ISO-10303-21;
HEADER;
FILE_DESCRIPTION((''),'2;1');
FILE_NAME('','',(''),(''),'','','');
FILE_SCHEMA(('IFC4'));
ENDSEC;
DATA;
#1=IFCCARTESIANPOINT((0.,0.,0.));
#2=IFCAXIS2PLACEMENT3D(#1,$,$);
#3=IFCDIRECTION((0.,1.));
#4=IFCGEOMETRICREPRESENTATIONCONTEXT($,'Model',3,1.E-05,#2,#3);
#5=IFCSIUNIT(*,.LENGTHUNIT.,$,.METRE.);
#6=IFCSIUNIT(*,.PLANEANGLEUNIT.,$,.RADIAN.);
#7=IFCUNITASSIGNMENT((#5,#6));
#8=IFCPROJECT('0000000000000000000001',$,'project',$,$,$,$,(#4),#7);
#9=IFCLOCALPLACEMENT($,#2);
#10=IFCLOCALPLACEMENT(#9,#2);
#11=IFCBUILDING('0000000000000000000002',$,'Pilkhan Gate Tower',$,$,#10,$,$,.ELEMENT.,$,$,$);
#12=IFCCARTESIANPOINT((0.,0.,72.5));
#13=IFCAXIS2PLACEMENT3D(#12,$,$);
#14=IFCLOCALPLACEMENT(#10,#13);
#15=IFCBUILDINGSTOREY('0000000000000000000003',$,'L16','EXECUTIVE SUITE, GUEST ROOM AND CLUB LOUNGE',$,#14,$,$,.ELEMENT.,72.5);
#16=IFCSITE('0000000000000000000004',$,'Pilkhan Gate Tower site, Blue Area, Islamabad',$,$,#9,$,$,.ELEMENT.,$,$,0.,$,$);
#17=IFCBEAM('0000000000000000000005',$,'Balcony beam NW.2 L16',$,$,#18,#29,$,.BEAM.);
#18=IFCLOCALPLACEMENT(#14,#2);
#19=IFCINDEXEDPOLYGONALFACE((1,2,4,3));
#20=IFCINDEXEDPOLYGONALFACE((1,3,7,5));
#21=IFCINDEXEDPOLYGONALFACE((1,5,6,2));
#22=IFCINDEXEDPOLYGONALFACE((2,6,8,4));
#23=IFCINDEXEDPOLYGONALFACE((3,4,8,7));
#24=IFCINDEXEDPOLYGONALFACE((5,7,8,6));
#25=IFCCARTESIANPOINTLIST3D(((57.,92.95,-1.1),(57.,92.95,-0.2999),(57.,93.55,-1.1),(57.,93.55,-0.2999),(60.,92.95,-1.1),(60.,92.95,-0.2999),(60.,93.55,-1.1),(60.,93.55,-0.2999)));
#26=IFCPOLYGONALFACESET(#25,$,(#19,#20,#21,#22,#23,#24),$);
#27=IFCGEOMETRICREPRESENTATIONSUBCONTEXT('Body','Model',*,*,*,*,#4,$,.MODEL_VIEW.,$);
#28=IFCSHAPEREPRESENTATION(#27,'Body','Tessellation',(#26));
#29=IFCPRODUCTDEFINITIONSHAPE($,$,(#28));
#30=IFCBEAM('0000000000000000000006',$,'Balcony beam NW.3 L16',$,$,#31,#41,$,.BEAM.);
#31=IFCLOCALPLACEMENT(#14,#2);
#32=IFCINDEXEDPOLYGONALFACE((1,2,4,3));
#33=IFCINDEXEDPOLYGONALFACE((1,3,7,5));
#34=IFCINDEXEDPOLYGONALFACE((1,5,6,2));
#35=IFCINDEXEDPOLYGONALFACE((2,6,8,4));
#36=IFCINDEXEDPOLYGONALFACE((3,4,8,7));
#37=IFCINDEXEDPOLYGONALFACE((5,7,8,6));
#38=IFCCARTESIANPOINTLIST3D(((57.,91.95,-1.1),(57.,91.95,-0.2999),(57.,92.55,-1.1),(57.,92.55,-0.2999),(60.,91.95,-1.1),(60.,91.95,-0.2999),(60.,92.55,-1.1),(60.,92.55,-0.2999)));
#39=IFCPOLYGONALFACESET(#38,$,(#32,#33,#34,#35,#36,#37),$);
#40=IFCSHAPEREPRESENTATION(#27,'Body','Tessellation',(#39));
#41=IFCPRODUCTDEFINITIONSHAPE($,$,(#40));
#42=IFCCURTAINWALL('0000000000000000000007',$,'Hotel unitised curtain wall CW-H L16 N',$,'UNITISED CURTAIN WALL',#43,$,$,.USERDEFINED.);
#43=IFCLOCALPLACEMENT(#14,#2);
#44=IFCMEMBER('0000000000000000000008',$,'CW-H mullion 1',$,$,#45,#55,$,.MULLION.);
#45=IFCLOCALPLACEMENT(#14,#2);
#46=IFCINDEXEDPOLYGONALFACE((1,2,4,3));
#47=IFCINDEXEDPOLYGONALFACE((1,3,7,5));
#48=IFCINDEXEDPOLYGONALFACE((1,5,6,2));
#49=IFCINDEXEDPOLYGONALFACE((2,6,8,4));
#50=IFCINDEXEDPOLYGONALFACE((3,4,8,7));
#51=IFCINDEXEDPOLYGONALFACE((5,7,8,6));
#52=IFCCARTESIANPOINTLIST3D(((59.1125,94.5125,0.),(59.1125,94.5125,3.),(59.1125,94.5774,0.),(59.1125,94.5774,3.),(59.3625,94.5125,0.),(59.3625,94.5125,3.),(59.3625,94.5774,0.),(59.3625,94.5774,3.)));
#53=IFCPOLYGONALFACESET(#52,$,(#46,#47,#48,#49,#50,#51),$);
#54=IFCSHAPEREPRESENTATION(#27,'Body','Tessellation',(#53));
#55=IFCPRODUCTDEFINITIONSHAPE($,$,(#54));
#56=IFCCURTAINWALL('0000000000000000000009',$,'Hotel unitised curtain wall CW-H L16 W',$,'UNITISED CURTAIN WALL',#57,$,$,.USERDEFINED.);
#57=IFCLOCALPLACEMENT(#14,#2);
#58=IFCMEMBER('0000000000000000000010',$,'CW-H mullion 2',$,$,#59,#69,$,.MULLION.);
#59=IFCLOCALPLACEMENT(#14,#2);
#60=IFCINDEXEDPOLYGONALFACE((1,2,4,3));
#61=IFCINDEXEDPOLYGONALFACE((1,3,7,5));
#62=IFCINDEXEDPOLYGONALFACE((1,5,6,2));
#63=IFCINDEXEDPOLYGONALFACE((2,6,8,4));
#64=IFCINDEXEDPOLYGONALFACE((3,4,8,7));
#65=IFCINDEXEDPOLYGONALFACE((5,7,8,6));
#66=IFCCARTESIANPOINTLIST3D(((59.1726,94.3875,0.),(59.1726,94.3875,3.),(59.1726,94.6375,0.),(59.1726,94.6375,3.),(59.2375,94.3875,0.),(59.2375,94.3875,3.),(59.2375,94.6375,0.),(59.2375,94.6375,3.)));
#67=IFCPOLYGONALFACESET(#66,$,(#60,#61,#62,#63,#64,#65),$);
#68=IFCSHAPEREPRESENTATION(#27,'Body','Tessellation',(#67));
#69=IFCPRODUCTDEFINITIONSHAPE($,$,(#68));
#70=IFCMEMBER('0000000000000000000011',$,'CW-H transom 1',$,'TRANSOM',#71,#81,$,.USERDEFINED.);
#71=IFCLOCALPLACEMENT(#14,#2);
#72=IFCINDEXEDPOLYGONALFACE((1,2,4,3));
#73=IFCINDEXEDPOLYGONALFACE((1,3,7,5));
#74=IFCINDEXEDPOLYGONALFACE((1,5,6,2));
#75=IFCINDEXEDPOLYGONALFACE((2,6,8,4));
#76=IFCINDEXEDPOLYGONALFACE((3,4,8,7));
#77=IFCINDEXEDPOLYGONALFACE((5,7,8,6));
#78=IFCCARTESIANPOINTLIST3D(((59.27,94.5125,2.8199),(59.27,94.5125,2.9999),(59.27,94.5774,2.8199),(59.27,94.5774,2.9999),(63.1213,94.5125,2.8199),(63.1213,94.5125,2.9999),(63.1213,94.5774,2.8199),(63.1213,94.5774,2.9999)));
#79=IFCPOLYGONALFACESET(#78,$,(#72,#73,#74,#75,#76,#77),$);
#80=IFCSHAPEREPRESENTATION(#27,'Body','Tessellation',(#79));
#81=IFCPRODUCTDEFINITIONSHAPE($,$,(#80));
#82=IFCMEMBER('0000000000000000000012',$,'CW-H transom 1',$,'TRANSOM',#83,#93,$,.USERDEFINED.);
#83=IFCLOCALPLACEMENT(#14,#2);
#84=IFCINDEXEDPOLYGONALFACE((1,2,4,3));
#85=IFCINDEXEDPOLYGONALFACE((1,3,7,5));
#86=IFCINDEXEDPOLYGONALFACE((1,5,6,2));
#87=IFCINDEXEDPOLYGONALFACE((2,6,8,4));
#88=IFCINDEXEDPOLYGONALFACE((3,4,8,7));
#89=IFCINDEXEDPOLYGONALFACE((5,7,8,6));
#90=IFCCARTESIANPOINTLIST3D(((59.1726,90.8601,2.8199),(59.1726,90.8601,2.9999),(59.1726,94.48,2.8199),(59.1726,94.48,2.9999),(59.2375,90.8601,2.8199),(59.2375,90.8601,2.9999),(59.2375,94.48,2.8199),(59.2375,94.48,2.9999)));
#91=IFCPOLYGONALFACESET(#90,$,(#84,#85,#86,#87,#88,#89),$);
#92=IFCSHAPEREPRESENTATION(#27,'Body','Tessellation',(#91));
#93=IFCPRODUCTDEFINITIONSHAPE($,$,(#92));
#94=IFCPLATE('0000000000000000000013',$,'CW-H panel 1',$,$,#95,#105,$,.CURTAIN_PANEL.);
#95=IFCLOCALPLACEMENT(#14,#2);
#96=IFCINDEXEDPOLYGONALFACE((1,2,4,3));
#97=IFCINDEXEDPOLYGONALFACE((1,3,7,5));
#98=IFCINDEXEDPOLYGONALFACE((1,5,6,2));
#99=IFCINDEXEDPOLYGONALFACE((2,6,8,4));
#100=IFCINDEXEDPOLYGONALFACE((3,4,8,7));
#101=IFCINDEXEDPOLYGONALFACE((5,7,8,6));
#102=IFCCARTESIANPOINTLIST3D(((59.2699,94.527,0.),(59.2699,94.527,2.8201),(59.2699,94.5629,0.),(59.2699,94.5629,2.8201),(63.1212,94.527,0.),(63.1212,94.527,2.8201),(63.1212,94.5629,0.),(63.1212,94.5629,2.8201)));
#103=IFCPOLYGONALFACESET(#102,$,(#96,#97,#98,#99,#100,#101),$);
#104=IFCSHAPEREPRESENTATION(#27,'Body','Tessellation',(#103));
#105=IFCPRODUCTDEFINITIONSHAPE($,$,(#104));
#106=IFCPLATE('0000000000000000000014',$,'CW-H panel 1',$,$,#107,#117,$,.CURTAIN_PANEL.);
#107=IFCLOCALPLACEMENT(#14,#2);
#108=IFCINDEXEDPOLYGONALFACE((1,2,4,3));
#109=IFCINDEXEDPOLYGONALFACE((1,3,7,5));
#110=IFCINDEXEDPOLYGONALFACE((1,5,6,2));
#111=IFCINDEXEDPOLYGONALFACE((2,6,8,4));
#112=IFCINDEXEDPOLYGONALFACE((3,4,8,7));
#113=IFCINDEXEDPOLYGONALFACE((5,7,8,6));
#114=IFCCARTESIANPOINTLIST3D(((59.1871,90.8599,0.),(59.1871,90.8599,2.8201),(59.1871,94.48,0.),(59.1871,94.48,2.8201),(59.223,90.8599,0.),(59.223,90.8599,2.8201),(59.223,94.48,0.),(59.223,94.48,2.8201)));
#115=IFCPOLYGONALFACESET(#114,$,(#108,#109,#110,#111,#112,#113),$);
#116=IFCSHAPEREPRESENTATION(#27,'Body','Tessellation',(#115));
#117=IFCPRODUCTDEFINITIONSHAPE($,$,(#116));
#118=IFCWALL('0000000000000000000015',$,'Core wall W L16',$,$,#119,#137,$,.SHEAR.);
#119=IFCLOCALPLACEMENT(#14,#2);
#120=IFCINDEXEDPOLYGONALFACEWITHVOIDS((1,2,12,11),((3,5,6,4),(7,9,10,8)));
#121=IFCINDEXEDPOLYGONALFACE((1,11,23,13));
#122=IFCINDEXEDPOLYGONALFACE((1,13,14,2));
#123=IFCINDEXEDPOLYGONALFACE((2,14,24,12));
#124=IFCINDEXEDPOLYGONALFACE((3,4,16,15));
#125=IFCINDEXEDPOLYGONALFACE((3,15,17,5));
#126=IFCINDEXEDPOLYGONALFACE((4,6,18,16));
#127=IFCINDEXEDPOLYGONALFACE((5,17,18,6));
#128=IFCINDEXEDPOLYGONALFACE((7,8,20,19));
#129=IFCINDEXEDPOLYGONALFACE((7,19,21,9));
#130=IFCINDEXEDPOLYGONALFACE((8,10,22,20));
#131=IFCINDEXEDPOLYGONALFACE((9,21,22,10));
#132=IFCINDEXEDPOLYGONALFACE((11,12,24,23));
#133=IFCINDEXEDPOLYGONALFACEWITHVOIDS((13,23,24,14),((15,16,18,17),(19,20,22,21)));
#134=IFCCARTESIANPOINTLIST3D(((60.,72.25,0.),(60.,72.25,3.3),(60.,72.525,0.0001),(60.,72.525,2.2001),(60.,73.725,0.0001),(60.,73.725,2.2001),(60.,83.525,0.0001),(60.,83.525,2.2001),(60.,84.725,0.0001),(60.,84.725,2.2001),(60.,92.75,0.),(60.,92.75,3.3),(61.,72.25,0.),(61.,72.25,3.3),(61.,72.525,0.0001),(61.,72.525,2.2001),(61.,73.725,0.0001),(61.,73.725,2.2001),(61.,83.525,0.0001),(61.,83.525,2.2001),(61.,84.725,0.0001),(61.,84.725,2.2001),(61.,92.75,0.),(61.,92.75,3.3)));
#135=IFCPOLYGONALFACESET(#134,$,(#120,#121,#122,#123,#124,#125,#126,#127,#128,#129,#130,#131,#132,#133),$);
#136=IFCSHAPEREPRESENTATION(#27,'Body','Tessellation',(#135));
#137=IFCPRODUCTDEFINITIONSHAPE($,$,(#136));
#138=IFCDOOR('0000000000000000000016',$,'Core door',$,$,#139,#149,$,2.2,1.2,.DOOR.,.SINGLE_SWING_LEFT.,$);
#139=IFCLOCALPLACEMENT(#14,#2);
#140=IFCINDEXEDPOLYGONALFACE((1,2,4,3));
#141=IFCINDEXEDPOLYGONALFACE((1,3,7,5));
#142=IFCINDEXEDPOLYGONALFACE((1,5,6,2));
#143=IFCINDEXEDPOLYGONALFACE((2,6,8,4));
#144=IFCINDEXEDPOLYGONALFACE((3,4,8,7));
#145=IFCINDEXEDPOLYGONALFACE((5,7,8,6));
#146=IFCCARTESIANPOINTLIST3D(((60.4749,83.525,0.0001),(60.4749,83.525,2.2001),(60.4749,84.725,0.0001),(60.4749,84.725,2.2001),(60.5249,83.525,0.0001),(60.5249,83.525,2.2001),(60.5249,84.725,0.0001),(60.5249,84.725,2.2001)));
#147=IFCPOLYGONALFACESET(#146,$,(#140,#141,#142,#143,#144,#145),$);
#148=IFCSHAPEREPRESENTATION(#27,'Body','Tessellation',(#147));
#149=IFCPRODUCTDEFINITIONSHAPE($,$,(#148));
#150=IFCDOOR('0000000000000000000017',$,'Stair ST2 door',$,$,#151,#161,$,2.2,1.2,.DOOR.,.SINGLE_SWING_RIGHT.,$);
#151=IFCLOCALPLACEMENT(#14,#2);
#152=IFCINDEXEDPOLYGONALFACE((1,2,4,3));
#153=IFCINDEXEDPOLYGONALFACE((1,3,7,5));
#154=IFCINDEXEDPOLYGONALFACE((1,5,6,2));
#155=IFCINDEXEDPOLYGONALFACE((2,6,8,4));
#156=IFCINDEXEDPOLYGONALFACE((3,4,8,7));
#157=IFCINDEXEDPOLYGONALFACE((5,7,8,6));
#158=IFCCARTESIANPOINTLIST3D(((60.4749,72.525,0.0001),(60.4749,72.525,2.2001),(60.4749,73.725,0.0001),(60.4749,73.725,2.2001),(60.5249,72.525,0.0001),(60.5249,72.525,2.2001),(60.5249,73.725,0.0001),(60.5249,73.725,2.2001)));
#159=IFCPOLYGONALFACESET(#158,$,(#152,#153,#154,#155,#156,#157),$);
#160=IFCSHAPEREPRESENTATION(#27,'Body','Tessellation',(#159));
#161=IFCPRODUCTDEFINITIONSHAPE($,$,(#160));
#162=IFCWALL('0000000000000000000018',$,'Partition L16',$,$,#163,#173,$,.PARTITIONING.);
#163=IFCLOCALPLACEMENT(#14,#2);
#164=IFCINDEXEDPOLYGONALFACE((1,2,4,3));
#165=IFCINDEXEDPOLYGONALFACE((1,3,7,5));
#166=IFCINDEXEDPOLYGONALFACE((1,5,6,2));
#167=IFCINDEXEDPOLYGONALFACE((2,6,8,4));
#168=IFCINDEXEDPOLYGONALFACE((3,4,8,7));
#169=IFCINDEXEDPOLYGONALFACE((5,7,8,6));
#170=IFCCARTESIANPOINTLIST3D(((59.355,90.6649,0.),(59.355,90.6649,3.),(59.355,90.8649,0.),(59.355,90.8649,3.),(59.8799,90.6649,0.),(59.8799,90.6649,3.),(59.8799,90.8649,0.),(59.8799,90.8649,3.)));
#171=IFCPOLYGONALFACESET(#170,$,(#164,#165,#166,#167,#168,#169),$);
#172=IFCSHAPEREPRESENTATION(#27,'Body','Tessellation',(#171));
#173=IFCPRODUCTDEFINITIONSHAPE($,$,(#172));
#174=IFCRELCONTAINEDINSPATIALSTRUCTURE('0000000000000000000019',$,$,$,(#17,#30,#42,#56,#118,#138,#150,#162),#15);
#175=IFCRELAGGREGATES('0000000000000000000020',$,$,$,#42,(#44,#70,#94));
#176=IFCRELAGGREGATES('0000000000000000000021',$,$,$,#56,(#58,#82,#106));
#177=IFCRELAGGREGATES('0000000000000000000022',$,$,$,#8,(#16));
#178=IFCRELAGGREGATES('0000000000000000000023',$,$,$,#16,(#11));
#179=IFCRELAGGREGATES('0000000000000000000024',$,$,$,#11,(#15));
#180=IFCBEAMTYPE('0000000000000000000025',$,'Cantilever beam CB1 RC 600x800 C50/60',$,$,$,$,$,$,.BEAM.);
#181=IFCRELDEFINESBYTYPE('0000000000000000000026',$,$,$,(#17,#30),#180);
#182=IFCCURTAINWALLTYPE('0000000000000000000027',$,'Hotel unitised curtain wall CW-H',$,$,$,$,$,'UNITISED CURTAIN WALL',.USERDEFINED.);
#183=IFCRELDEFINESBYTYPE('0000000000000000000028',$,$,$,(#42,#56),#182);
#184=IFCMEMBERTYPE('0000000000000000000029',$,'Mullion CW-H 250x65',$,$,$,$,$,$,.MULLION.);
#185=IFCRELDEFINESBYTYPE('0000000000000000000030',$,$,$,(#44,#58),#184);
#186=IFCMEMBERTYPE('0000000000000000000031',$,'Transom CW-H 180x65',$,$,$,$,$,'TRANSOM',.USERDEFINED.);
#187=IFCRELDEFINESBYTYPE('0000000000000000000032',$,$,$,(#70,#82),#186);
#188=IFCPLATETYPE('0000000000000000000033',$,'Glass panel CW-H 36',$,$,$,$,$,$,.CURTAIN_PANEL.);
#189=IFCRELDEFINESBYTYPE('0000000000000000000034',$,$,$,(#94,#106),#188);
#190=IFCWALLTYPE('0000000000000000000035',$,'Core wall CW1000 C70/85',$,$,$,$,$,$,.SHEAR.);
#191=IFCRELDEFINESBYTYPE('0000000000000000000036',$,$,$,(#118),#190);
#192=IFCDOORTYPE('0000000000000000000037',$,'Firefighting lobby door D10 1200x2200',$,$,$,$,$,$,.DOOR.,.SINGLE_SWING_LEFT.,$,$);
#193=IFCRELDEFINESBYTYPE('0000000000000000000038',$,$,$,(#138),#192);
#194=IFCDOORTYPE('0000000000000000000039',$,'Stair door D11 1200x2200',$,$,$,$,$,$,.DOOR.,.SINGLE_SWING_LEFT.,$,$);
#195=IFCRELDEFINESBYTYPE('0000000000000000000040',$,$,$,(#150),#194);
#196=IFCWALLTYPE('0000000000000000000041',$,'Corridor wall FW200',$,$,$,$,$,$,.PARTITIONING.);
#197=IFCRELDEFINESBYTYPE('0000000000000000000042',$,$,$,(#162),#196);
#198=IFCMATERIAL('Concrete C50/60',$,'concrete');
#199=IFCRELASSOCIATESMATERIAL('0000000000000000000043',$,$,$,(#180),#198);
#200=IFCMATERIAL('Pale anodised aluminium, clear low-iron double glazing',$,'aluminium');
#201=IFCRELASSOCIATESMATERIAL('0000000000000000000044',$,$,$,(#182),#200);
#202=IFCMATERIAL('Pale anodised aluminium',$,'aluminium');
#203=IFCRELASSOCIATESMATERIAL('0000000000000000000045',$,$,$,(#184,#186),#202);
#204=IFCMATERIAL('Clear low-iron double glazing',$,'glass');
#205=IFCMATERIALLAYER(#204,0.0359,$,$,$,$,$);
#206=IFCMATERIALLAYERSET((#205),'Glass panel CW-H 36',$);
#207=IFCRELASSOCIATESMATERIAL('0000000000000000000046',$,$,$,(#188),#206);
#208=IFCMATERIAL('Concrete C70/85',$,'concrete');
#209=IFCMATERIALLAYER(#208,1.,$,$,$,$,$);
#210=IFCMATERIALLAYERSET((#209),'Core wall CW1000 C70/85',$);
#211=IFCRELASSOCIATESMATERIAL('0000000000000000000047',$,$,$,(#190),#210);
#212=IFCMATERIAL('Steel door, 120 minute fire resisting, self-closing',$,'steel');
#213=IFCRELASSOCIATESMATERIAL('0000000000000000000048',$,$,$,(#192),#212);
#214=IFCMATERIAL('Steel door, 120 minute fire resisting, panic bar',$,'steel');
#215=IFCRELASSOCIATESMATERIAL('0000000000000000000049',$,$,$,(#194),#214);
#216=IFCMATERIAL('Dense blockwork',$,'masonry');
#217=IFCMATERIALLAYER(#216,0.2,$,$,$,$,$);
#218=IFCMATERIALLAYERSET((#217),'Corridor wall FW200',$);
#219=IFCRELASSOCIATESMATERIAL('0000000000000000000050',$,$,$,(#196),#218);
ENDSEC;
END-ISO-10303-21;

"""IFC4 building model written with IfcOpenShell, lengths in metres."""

from ifc_helpers import new_model, si_unit, direction, frame, frame_2d, origin, origin_2d, place, context, subcontext, project, spatial, rectangle, extrude, material, layer, layer_set, material_profile, profile_set, type_object, element, fill, aggregate, save


model = new_model("IFC4")

# Units and contexts
model_context = context("Model", 3, precision=1e-05, world=origin(), true_north=direction((0.0, 1.0)))
body_context = subcontext(model_context, "Body", "Model", "MODEL_VIEW")
ifc_project = project(units=[si_unit("LENGTHUNIT", "METRE"), si_unit("PLANEANGLEUNIT", "RADIAN")], contexts=[model_context])

# Site, building, storey
site_placement = place(None, origin())
site = spatial("IfcSite", under=ifc_project, at=site_placement, Name="Pilkhan Gate Tower site, Blue Area, Islamabad", CompositionType="ELEMENT", RefElevation=0.0)
building_placement = place(site_placement, origin())
building = spatial("IfcBuilding", under=site, at=building_placement, Name="Pilkhan Gate Tower", CompositionType="ELEMENT")
storey_placement = place(building_placement, frame((0.0, 0.0, 72.5)))
storey = spatial("IfcBuildingStorey", under=building, at=storey_placement, Name="L16", Description="EXECUTIVE SUITE, GUEST ROOM AND CLUB LOUNGE", CompositionType="ELEMENT", Elevation=72.5)

# Beams
ifc_material_1 = material(Name="Concrete C50/60", Category="concrete")
ifc_material_profile_1 = material_profile(ifc_material_1, rectangle(XDim=0.6001, YDim=0.8, at=origin_2d()), Name="RC 600x800")
ifc_profile_set_1 = profile_set([ifc_material_profile_1], Name="Concrete C50/60")
beam_type = type_object("IfcBeamType", Name="Cantilever beam CB1 RC 600x800 C50/60", PredefinedType="BEAM", material=ifc_profile_set_1)
for number, where, z_axis, x_axis, name in (
    (1, (60.0, 93.25, -0.7), (-1.0, 0.0, 0.0), (0.0, -1.0, 0.0), "Balcony beam NW.2 L16"),
    (2, (60.0, 92.25, -0.7), (-1.0, 0.0, 0.0), (0.0, -1.0, 0.0), "Balcony beam NW.3 L16"),
):
    element("IfcBeam", number, at=place(storey_placement, frame(where, z_axis=z_axis, x_axis=x_axis)), inside=storey, type_object=beam_type, Name=name, PredefinedType="BEAM", context=body_context, shape_type="SweptSolid", body=[
        extrude(rectangle(XDim=0.6001, YDim=0.8, at=origin_2d()), origin(), (0.0, 0.0, 1.0), 3.0),
    ])

# Curtain walls, members
ifc_material_2 = material(Name="Pale anodised aluminium, clear low-iron double glazing", Category="aluminium")
curtain_wall_type = type_object("IfcCurtainWallType", Name="Hotel unitised curtain wall CW-H", ElementType="UNITISED CURTAIN WALL", PredefinedType="USERDEFINED", material=ifc_material_2)
curtain_wall_1_placement = place(storey_placement, origin())
curtain_wall_1 = element("IfcCurtainWall", 3, at=curtain_wall_1_placement, inside=storey, type_object=curtain_wall_type, Name="Hotel unitised curtain wall CW-H L16 N", ObjectType="UNITISED CURTAIN WALL", PredefinedType="USERDEFINED")
ifc_material_3 = material(Name="Pale anodised aluminium", Category="aluminium")
ifc_material_profile_2 = material_profile(ifc_material_3, rectangle(XDim=0.0649, YDim=0.25, at=origin_2d()), Name="Mullion 250x65")
ifc_profile_set_2 = profile_set([ifc_material_profile_2], Name="Pale anodised aluminium")
member_type_1 = type_object("IfcMemberType", Name="Mullion CW-H 250x65", PredefinedType="MULLION", material=ifc_profile_set_2)
member_1_placement = place(storey_placement, frame((59.2375, 94.5449, 0.0), z_axis=(0.0, 0.0, 1.0), x_axis=(0.0, 1.0, 0.0)))
member_1 = element("IfcMember", 4, at=member_1_placement, type_object=member_type_1, Name="CW-H mullion 1", PredefinedType="MULLION", context=body_context, shape_type="SweptSolid", body=[
    extrude(rectangle(XDim=0.0649, YDim=0.25, at=origin_2d()), origin(), (0.0, 0.0, 1.0), 3.0),
])
curtain_wall_2_placement = place(storey_placement, origin())
curtain_wall_2 = element("IfcCurtainWall", 5, at=curtain_wall_2_placement, inside=storey, type_object=curtain_wall_type, Name="Hotel unitised curtain wall CW-H L16 W", ObjectType="UNITISED CURTAIN WALL", PredefinedType="USERDEFINED")
member_2_placement = place(storey_placement, frame((59.2051, 94.5125, 0.0), z_axis=(0.0, 0.0, 1.0), x_axis=(-1.0, 0.0, 0.0)))
member_2 = element("IfcMember", 6, at=member_2_placement, type_object=member_type_1, Name="CW-H mullion 2", PredefinedType="MULLION", context=body_context, shape_type="SweptSolid", body=[
    extrude(rectangle(XDim=0.0649, YDim=0.25, at=origin_2d()), origin(), (0.0, 0.0, 1.0), 3.0),
])

# Members
ifc_material_profile_3 = material_profile(ifc_material_3, rectangle(XDim=0.0649, YDim=0.1799, at=origin_2d()), Name="Transom 180x65")
ifc_profile_set_3 = profile_set([ifc_material_profile_3], Name="Pale anodised aluminium")
member_type_2 = type_object("IfcMemberType", Name="Transom CW-H 180x65", ElementType="TRANSOM", PredefinedType="USERDEFINED", material=ifc_profile_set_3)
member_3_placement = place(storey_placement, frame((59.27, 94.5449, 2.9099), z_axis=(1.0, 0.0, 0.0), x_axis=(0.0, 1.0, 0.0)))
member_3 = element("IfcMember", 7, at=member_3_placement, type_object=member_type_2, Name="CW-H transom 1", ObjectType="TRANSOM", PredefinedType="USERDEFINED", context=body_context, shape_type="SweptSolid", body=[
    extrude(rectangle(XDim=0.0649, YDim=0.1799, at=origin_2d()), origin(), (0.0, 0.0, 1.0), 3.8513),
])
member_4_placement = place(storey_placement, frame((59.2051, 90.8601, 2.9099), z_axis=(0.0, 1.0, 0.0), x_axis=(-1.0, 0.0, 0.0)))
member_4 = element("IfcMember", 8, at=member_4_placement, type_object=member_type_2, Name="CW-H transom 1", ObjectType="TRANSOM", PredefinedType="USERDEFINED", context=body_context, shape_type="SweptSolid", body=[
    extrude(rectangle(XDim=0.0649, YDim=0.1799, at=origin_2d()), origin(), (0.0, 0.0, 1.0), 3.6199),
])

# Plates
ifc_material_4 = material(Name="Clear low-iron double glazing", Category="glass")
ifc_layer_1 = layer(ifc_material_4, 0.0359)
ifc_layer_set_1 = layer_set([ifc_layer_1], Name="Glass panel CW-H 36")
plate_type = type_object("IfcPlateType", Name="Glass panel CW-H 36", PredefinedType="CURTAIN_PANEL", material=ifc_layer_set_1)
plate_1_placement = place(storey_placement, frame((61.1956, 94.5449, 0.0), z_axis=(0.0, 0.0, 1.0), x_axis=(1.0, 0.0, 0.0)))
plate_1 = element("IfcPlate", 9, at=plate_1_placement, type_object=plate_type, Name="CW-H panel 1", PredefinedType="CURTAIN_PANEL", context=body_context, shape_type="SweptSolid", body=[
    extrude(rectangle(XDim=3.8513, YDim=0.0359, at=origin_2d()), origin(), (0.0, 0.0, 1.0), 2.8201),
])
aggregate(curtain_wall_1, [member_1, member_3, plate_1])
plate_2_placement = place(storey_placement, frame((59.2051, 92.6699, 0.0), z_axis=(0.0, 0.0, 1.0), x_axis=(0.0, 1.0, 0.0)))
plate_2 = element("IfcPlate", 10, at=plate_2_placement, type_object=plate_type, Name="CW-H panel 1", PredefinedType="CURTAIN_PANEL", context=body_context, shape_type="SweptSolid", body=[
    extrude(rectangle(XDim=3.6201, YDim=0.0359, at=origin_2d()), origin(), (0.0, 0.0, 1.0), 2.8201),
])
aggregate(curtain_wall_2, [member_2, member_4, plate_2])

# Wall, openings, doors
ifc_material_5 = material(Name="Concrete C70/85", Category="concrete")
ifc_layer_2 = layer(ifc_material_5, 1.0)
ifc_layer_set_2 = layer_set([ifc_layer_2], Name="Core wall CW1000 C70/85")
wall_type_1 = type_object("IfcWallType", Name="Core wall CW1000 C70/85", PredefinedType="SHEAR", material=ifc_layer_set_2)
wall_1_placement = place(storey_placement, frame((60.5, 92.75, 0.0), z_axis=(0.0, 0.0, 1.0), x_axis=(0.0, -1.0, 0.0)))
wall_1 = element("IfcWall", 11, at=wall_1_placement, inside=storey, type_object=wall_type_1, Name="Core wall W L16", PredefinedType="SHEAR", context=body_context, shape_type="SweptSolid", body=[
    extrude(rectangle(XDim=20.5, YDim=1.0, at=frame_2d((10.25, 0.0))), origin(), (0.0, 0.0, 1.0), 3.3),
])
opening_1_placement = place(wall_1_placement, frame((19.0249, 0.0, 0.0)))
opening_1 = element("IfcOpeningElement", 12, at=opening_1_placement, cuts=wall_1, PredefinedType="OPENING", context=body_context, shape_type="SweptSolid", body=[
    extrude(rectangle(XDim=1.2, YDim=2.2, at=frame_2d((0.6001, 1.1001))), frame((0.0, 0.51, 0.0), z_axis=(0.0, -1.0, 0.0), x_axis=(1.0, 0.0, 0.0)), (0.0, 0.0, 1.0), 1.02),
])
opening_2_placement = place(wall_1_placement, frame((8.0249, 0.0, 0.0)))
opening_2 = element("IfcOpeningElement", 13, at=opening_2_placement, cuts=wall_1, PredefinedType="OPENING", context=body_context, shape_type="SweptSolid", body=[
    extrude(rectangle(XDim=1.2, YDim=2.2, at=frame_2d((0.6001, 1.1001))), frame((0.0, 0.51, 0.0), z_axis=(0.0, -1.0, 0.0), x_axis=(1.0, 0.0, 0.0)), (0.0, 0.0, 1.0), 1.02),
])
ifc_material_6 = material(Name="Steel door, 120 minute fire resisting, self-closing", Category="steel")
door_type_1 = type_object("IfcDoorType", Name="Firefighting lobby door D10 1200x2200", OperationType="SINGLE_SWING_LEFT", PredefinedType="DOOR", material=ifc_material_6)
door_1_placement = place(opening_2_placement, origin())
door_1 = element("IfcDoor", 14, at=door_1_placement, inside=storey, type_object=door_type_1, Name="Core door", OperationType="SINGLE_SWING_LEFT", OverallHeight=2.2, OverallWidth=1.2, PredefinedType="DOOR", context=body_context, shape_type="SweptSolid", body=[
    extrude(rectangle(XDim=1.2, YDim=2.2, at=frame_2d((0.6001, 1.1001))), frame((0.0, 0.0249, 0.0), z_axis=(0.0, -1.0, 0.0), x_axis=(1.0, 0.0, 0.0)), (0.0, 0.0, 1.0), 0.05),
])
fill(opening_2, door_1)
ifc_material_7 = material(Name="Steel door, 120 minute fire resisting, panic bar", Category="steel")
door_type_2 = type_object("IfcDoorType", Name="Stair door D11 1200x2200", OperationType="SINGLE_SWING_LEFT", PredefinedType="DOOR", material=ifc_material_7)
door_2_placement = place(opening_1_placement, origin())
door_2 = element("IfcDoor", 15, at=door_2_placement, inside=storey, type_object=door_type_2, Name="Stair ST2 door", OperationType="SINGLE_SWING_RIGHT", OverallHeight=2.2, OverallWidth=1.2, PredefinedType="DOOR", context=body_context, shape_type="SweptSolid", body=[
    extrude(rectangle(XDim=1.2, YDim=2.2, at=frame_2d((0.6001, 1.1001))), frame((0.0, 0.0249, 0.0), z_axis=(0.0, -1.0, 0.0), x_axis=(1.0, 0.0, 0.0)), (0.0, 0.0, 1.0), 0.05),
])
fill(opening_1, door_2)

# Wall
ifc_material_8 = material(Name="Dense blockwork", Category="masonry")
ifc_layer_3 = layer(ifc_material_8, 0.2)
ifc_layer_set_3 = layer_set([ifc_layer_3], Name="Corridor wall FW200")
wall_type_2 = type_object("IfcWallType", Name="Corridor wall FW200", PredefinedType="PARTITIONING", material=ifc_layer_set_3)
wall_2_placement = place(storey_placement, frame((59.355, 90.7649, 0.0), z_axis=(0.0, 0.0, 1.0), x_axis=(1.0, 0.0, 0.0)))
element("IfcWall", 16, at=wall_2_placement, inside=storey, type_object=wall_type_2, Name="Partition L16", PredefinedType="PARTITIONING", context=body_context, shape_type="SweptSolid", body=[
    extrude(rectangle(XDim=0.5249, YDim=0.2, at=frame_2d((0.2625, 0.0))), origin(), (0.0, 0.0, 1.0), 3.0),
])

save(model, "model.ifc")
